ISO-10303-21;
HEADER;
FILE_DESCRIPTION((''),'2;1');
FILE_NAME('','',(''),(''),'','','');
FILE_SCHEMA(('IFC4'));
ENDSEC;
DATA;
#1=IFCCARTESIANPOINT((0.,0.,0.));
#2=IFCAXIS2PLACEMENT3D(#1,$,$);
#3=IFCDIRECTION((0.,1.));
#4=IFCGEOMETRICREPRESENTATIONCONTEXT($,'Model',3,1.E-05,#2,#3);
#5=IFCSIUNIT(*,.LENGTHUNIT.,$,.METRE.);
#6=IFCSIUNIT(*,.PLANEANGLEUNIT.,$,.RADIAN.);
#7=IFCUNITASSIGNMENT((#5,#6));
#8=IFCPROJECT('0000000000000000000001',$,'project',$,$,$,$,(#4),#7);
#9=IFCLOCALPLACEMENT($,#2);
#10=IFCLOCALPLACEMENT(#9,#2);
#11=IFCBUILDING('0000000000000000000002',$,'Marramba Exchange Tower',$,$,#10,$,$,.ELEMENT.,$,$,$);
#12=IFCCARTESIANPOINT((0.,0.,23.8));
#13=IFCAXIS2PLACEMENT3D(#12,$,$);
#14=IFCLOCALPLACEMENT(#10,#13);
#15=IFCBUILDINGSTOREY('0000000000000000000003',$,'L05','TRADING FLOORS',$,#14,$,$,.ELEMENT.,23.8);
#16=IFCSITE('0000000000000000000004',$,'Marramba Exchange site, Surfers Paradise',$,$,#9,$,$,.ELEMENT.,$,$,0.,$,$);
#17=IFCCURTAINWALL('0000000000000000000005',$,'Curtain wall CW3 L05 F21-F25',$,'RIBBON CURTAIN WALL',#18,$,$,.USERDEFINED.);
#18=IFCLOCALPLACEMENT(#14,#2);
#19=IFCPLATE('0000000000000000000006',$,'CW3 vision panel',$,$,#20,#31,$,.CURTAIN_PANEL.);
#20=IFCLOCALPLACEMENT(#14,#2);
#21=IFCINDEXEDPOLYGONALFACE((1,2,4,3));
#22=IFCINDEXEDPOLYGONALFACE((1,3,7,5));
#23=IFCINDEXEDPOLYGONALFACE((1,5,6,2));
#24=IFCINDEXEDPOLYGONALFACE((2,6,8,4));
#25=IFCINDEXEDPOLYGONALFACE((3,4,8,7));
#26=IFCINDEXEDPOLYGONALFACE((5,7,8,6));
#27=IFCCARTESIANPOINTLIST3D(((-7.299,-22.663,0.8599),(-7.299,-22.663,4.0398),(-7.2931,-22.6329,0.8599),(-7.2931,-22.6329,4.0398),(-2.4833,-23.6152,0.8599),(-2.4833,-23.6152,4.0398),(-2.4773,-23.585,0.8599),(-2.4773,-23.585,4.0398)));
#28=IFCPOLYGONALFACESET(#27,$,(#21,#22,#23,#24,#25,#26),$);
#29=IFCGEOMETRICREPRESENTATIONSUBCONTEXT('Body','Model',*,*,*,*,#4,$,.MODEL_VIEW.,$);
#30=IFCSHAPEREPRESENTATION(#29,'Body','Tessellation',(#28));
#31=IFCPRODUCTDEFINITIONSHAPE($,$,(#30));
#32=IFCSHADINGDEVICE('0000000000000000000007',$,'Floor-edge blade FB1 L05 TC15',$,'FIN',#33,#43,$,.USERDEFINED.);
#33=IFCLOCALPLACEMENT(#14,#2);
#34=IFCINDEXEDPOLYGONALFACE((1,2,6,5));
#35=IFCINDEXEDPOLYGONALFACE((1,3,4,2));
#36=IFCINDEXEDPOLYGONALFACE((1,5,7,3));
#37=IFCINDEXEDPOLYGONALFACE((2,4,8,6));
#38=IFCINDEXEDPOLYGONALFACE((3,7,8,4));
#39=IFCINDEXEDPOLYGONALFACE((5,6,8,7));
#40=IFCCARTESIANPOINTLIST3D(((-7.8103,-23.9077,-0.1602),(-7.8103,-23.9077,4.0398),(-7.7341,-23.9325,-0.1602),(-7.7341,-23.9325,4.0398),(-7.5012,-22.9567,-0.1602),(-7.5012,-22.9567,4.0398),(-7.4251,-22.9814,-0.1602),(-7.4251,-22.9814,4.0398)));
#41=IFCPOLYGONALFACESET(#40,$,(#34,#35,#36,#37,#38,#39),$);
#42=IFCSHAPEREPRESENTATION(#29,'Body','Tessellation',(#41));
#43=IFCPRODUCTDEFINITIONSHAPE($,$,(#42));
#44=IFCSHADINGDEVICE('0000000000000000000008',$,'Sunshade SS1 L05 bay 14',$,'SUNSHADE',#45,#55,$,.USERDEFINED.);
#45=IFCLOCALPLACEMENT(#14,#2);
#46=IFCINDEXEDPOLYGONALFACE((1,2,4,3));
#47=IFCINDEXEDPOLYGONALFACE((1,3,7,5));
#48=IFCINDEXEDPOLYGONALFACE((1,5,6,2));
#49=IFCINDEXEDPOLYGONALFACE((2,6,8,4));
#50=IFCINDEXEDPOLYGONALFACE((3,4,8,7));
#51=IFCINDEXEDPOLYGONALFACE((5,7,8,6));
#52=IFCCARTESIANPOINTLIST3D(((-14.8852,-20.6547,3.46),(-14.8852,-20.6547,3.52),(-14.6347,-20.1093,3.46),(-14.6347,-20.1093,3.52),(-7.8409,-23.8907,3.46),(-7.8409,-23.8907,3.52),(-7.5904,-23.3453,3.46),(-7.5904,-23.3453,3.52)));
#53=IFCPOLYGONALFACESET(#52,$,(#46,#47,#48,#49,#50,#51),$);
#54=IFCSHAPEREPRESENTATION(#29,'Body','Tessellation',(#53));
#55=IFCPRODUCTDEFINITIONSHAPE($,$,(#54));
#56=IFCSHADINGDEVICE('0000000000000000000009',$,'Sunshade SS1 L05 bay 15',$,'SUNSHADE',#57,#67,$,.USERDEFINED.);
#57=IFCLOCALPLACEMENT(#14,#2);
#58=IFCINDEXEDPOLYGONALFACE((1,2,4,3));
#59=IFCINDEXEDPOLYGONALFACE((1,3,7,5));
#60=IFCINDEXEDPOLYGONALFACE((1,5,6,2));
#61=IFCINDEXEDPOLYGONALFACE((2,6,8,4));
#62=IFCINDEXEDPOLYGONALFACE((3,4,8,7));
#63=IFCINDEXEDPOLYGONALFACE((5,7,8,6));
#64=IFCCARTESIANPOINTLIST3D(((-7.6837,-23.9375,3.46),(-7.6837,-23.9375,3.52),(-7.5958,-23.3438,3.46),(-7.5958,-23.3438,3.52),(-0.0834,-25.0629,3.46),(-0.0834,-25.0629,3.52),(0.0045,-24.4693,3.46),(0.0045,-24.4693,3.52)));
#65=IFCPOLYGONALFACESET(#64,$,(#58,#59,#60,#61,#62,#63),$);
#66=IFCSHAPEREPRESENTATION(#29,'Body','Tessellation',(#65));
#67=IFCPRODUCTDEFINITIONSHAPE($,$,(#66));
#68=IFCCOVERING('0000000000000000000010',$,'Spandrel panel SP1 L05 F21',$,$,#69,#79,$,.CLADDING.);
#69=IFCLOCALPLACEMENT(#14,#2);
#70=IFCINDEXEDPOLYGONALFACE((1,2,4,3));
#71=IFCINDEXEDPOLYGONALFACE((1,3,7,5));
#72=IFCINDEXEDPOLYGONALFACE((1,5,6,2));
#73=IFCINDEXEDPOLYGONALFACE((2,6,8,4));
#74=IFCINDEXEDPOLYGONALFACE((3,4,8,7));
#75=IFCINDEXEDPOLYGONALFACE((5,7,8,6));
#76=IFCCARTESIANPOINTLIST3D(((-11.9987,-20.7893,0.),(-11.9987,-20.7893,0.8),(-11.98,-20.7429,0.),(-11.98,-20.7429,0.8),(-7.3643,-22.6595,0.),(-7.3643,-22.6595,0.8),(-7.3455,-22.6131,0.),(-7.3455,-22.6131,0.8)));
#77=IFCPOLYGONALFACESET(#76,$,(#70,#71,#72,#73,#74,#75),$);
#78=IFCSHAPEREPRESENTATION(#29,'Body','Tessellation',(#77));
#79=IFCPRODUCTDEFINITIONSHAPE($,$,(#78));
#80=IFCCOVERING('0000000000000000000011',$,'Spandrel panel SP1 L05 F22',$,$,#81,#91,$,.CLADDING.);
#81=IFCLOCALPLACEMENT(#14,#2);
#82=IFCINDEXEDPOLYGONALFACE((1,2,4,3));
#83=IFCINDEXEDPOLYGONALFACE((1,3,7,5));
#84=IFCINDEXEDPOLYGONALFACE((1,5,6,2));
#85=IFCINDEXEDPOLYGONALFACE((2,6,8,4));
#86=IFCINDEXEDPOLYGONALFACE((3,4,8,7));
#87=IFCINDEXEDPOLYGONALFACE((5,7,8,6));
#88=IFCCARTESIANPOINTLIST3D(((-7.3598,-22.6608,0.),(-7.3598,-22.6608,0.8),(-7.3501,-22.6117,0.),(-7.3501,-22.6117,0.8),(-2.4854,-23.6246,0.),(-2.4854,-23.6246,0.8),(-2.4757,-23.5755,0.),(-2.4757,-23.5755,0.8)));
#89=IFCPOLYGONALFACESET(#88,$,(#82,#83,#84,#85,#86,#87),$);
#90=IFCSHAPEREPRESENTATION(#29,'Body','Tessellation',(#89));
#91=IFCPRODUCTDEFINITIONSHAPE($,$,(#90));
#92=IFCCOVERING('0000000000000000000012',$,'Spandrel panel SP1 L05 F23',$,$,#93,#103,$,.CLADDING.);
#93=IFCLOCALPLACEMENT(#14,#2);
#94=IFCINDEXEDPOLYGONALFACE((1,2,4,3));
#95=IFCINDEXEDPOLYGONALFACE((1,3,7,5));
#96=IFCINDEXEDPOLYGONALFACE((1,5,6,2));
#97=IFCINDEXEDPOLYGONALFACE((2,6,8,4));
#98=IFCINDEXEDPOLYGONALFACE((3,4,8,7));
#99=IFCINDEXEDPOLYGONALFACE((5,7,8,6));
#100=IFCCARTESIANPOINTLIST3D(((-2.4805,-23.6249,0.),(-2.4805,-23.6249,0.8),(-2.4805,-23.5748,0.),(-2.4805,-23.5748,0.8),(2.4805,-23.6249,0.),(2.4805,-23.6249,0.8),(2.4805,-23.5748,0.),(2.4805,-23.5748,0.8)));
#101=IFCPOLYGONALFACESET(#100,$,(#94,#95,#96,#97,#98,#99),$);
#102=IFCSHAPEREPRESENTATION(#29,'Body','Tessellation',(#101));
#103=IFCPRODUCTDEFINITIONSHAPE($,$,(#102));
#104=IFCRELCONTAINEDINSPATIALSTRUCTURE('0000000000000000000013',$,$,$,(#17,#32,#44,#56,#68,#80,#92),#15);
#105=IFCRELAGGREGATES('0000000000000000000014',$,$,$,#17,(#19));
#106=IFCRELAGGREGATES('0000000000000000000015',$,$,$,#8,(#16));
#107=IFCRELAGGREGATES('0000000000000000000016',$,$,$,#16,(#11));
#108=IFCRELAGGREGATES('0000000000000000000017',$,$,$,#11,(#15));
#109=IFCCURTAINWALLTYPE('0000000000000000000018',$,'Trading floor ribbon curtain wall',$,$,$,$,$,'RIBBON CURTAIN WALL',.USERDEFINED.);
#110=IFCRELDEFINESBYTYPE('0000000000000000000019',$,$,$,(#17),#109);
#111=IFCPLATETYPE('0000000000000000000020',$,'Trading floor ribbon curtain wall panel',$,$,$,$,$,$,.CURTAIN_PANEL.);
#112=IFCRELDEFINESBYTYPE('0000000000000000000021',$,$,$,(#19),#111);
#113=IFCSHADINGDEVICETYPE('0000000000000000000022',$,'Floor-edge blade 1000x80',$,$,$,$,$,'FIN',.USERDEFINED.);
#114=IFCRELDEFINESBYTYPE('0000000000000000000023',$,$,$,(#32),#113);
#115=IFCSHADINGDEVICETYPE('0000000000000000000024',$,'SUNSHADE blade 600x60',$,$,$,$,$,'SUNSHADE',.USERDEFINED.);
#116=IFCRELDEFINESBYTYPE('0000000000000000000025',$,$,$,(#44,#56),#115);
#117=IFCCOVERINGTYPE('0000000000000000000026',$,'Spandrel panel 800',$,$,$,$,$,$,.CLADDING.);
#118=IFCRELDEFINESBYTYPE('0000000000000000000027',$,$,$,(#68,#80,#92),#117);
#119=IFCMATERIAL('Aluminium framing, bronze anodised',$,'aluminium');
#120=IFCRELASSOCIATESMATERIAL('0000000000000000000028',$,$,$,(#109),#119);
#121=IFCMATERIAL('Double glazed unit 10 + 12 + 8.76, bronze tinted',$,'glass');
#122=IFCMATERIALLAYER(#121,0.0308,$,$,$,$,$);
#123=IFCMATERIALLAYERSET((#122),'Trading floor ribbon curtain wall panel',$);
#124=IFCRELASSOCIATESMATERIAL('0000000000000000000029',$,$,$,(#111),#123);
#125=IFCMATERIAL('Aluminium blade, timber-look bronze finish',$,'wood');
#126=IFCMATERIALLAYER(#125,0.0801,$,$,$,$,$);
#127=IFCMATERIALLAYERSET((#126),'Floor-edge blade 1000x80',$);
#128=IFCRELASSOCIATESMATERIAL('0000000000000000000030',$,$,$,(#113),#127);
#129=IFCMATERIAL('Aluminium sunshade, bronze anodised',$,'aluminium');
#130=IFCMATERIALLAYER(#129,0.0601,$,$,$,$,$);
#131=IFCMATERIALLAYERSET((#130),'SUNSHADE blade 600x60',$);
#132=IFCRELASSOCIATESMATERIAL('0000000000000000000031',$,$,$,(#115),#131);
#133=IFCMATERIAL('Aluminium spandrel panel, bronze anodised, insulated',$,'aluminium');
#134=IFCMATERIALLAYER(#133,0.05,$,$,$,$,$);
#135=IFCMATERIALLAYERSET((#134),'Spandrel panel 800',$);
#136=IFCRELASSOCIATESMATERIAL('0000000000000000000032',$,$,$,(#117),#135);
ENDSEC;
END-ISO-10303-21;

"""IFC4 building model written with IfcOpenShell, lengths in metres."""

from ifc_helpers import new_model, si_unit, direction, frame, origin, origin_2d, place, context, subcontext, project, spatial, rectangle, extrude, material, layer, layer_set, type_object, element, aggregate, save


model = new_model("IFC4")

# Units and contexts
model_context = context("Model", 3, precision=1e-05, world=origin(), true_north=direction((0.0, 1.0)))
body_context = subcontext(model_context, "Body", "Model", "MODEL_VIEW")
ifc_project = project(units=[si_unit("LENGTHUNIT", "METRE"), si_unit("PLANEANGLEUNIT", "RADIAN")], contexts=[model_context])

# Site, building, storey
site_placement = place(None, origin())
site = spatial("IfcSite", under=ifc_project, at=site_placement, Name="Marramba Exchange site, Surfers Paradise", CompositionType="ELEMENT", RefElevation=0.0)
building_placement = place(site_placement, origin())
building = spatial("IfcBuilding", under=site, at=building_placement, Name="Marramba Exchange Tower", CompositionType="ELEMENT")
storey_placement = place(building_placement, frame((0.0, 0.0, 23.8)))
storey = spatial("IfcBuildingStorey", under=building, at=storey_placement, Name="L05", Description="TRADING FLOORS", CompositionType="ELEMENT", Elevation=23.8)

# Curtain wall, plate
ifc_material_1 = material(Name="Aluminium framing, bronze anodised", Category="aluminium")
curtain_wall_type = type_object("IfcCurtainWallType", Name="Trading floor ribbon curtain wall", ElementType="RIBBON CURTAIN WALL", PredefinedType="USERDEFINED", material=ifc_material_1)
curtain_wall_placement = place(storey_placement, origin())
curtain_wall = element("IfcCurtainWall", 1, at=curtain_wall_placement, inside=storey, type_object=curtain_wall_type, Name="Curtain wall CW3 L05 F21-F25", ObjectType="RIBBON CURTAIN WALL", PredefinedType="USERDEFINED")
ifc_material_2 = material(Name="Double glazed unit 10 + 12 + 8.76, bronze tinted", Category="glass")
ifc_layer_1 = layer(ifc_material_2, 0.0308)
ifc_layer_set_1 = layer_set([ifc_layer_1], Name="Trading floor ribbon curtain wall panel")
plate_type = type_object("IfcPlateType", Name="Trading floor ribbon curtain wall panel", PredefinedType="CURTAIN_PANEL", material=ifc_layer_set_1)
plate_1_placement = place(storey_placement, frame((-4.8882, -23.124, 0.8599), z_axis=(0.0, 0.0, 1.0), x_axis=(0.981009, -0.193961, 0.0)))
plate_1 = element("IfcPlate", 2, at=plate_1_placement, type_object=plate_type, Name="CW3 vision panel", PredefinedType="CURTAIN_PANEL", context=body_context, shape_type="SweptSolid", body=[
    extrude(rectangle(XDim=4.9089, YDim=0.0308, at=origin_2d()), origin(), (0.0, 0.0, 1.0), 3.1799),
])
aggregate(curtain_wall, [plate_1])

# Shading devices
ifc_material_3 = material(Name="Aluminium blade, timber-look bronze finish", Category="wood")
ifc_layer_2 = layer(ifc_material_3, 0.0801)
ifc_layer_set_2 = layer_set([ifc_layer_2], Name="Floor-edge blade 1000x80")
shading_device_type_1 = type_object("IfcShadingDeviceType", Name="Floor-edge blade 1000x80", ElementType="FIN", PredefinedType="USERDEFINED", material=ifc_layer_set_2)
shading_device_1_placement = place(storey_placement, frame((-7.6177, -23.4446, -0.1602), z_axis=(0.0, 0.0, 1.0), x_axis=(-0.309017, -0.951057, 0.0)))
element("IfcShadingDevice", 3, at=shading_device_1_placement, inside=storey, type_object=shading_device_type_1, Name="Floor-edge blade FB1 L05 TC15", ObjectType="FIN", PredefinedType="USERDEFINED", context=body_context, shape_type="SweptSolid", body=[
    extrude(rectangle(XDim=1.0, YDim=0.0801, at=origin_2d()), origin(), (0.0, 0.0, 1.0), 4.2),
])
ifc_material_4 = material(Name="Aluminium sunshade, bronze anodised", Category="aluminium")
ifc_layer_3 = layer(ifc_material_4, 0.0601)
ifc_layer_set_3 = layer_set([ifc_layer_3], Name="SUNSHADE blade 600x60")
shading_device_type_2 = type_object("IfcShadingDeviceType", Name="SUNSHADE blade 600x60", ElementType="SUNSHADE", PredefinedType="USERDEFINED", material=ifc_layer_set_3)
shading_device_2_placement = place(storey_placement, frame((-11.2378, -22.0, 3.46), z_axis=(0.0, 0.0, 1.0), x_axis=(0.908704, -0.417442, 0.0)))
element("IfcShadingDevice", 4, at=shading_device_2_placement, inside=storey, type_object=shading_device_type_2, Name="Sunshade SS1 L05 bay 14", ObjectType="SUNSHADE", PredefinedType="USERDEFINED", context=body_context, shape_type="SweptSolid", body=[
    extrude(rectangle(XDim=7.752, YDim=0.6001, at=origin_2d()), origin(), (0.0, 0.0, 1.0), 0.0601),
])
shading_device_3_placement = place(storey_placement, frame((-3.8396, -24.2034, 3.46), z_axis=(0.0, 0.0, 1.0), x_axis=(0.989213, -0.146485, 0.0)))
element("IfcShadingDevice", 5, at=shading_device_3_placement, inside=storey, type_object=shading_device_type_2, Name="Sunshade SS1 L05 bay 15", ObjectType="SUNSHADE", PredefinedType="USERDEFINED", context=body_context, shape_type="SweptSolid", body=[
    extrude(rectangle(XDim=7.6831, YDim=0.6001, at=origin_2d()), origin(), (0.0, 0.0, 1.0), 0.0601),
])

# Coverings
ifc_material_5 = material(Name="Aluminium spandrel panel, bronze anodised, insulated", Category="aluminium")
ifc_layer_4 = layer(ifc_material_5, 0.05)
ifc_layer_set_4 = layer_set([ifc_layer_4], Name="Spandrel panel 800")
covering_type = type_object("IfcCoveringType", Name="Spandrel panel 800", PredefinedType="CLADDING", material=ifc_layer_set_4)
covering_1_placement = place(storey_placement, frame((-9.6721, -21.7012, 0.0), z_axis=(0.0, 0.0, 1.0), x_axis=(0.927341, -0.374218, 0.0)))
element("IfcCovering", 6, at=covering_1_placement, inside=storey, type_object=covering_type, Name="Spandrel panel SP1 L05 F21", PredefinedType="CLADDING", context=body_context, shape_type="SweptSolid", body=[
    extrude(rectangle(XDim=4.9976, YDim=0.05, at=origin_2d()), origin(), (0.0, 0.0, 1.0), 0.8),
])
covering_2_placement = place(storey_placement, frame((-4.9177, -23.1182, 0.0), z_axis=(0.0, 0.0, 1.0), x_axis=(0.981009, -0.193961, 0.0)))
element("IfcCovering", 7, at=covering_2_placement, inside=storey, type_object=covering_type, Name="Spandrel panel SP1 L05 F22", PredefinedType="CLADDING", context=body_context, shape_type="SweptSolid", body=[
    extrude(rectangle(XDim=4.9688, YDim=0.05, at=origin_2d()), origin(), (0.0, 0.0, 1.0), 0.8),
])
covering_3_placement = place(storey_placement, frame((0.0, -23.5999, 0.0), z_axis=(0.0, 0.0, 1.0), x_axis=(1.0, 0.0, 0.0)))
element("IfcCovering", 8, at=covering_3_placement, inside=storey, type_object=covering_type, Name="Spandrel panel SP1 L05 F23", PredefinedType="CLADDING", context=body_context, shape_type="SweptSolid", body=[
    extrude(rectangle(XDim=4.9609, YDim=0.05, at=origin_2d()), origin(), (0.0, 0.0, 1.0), 0.8),
])

save(model, "model.ifc")
